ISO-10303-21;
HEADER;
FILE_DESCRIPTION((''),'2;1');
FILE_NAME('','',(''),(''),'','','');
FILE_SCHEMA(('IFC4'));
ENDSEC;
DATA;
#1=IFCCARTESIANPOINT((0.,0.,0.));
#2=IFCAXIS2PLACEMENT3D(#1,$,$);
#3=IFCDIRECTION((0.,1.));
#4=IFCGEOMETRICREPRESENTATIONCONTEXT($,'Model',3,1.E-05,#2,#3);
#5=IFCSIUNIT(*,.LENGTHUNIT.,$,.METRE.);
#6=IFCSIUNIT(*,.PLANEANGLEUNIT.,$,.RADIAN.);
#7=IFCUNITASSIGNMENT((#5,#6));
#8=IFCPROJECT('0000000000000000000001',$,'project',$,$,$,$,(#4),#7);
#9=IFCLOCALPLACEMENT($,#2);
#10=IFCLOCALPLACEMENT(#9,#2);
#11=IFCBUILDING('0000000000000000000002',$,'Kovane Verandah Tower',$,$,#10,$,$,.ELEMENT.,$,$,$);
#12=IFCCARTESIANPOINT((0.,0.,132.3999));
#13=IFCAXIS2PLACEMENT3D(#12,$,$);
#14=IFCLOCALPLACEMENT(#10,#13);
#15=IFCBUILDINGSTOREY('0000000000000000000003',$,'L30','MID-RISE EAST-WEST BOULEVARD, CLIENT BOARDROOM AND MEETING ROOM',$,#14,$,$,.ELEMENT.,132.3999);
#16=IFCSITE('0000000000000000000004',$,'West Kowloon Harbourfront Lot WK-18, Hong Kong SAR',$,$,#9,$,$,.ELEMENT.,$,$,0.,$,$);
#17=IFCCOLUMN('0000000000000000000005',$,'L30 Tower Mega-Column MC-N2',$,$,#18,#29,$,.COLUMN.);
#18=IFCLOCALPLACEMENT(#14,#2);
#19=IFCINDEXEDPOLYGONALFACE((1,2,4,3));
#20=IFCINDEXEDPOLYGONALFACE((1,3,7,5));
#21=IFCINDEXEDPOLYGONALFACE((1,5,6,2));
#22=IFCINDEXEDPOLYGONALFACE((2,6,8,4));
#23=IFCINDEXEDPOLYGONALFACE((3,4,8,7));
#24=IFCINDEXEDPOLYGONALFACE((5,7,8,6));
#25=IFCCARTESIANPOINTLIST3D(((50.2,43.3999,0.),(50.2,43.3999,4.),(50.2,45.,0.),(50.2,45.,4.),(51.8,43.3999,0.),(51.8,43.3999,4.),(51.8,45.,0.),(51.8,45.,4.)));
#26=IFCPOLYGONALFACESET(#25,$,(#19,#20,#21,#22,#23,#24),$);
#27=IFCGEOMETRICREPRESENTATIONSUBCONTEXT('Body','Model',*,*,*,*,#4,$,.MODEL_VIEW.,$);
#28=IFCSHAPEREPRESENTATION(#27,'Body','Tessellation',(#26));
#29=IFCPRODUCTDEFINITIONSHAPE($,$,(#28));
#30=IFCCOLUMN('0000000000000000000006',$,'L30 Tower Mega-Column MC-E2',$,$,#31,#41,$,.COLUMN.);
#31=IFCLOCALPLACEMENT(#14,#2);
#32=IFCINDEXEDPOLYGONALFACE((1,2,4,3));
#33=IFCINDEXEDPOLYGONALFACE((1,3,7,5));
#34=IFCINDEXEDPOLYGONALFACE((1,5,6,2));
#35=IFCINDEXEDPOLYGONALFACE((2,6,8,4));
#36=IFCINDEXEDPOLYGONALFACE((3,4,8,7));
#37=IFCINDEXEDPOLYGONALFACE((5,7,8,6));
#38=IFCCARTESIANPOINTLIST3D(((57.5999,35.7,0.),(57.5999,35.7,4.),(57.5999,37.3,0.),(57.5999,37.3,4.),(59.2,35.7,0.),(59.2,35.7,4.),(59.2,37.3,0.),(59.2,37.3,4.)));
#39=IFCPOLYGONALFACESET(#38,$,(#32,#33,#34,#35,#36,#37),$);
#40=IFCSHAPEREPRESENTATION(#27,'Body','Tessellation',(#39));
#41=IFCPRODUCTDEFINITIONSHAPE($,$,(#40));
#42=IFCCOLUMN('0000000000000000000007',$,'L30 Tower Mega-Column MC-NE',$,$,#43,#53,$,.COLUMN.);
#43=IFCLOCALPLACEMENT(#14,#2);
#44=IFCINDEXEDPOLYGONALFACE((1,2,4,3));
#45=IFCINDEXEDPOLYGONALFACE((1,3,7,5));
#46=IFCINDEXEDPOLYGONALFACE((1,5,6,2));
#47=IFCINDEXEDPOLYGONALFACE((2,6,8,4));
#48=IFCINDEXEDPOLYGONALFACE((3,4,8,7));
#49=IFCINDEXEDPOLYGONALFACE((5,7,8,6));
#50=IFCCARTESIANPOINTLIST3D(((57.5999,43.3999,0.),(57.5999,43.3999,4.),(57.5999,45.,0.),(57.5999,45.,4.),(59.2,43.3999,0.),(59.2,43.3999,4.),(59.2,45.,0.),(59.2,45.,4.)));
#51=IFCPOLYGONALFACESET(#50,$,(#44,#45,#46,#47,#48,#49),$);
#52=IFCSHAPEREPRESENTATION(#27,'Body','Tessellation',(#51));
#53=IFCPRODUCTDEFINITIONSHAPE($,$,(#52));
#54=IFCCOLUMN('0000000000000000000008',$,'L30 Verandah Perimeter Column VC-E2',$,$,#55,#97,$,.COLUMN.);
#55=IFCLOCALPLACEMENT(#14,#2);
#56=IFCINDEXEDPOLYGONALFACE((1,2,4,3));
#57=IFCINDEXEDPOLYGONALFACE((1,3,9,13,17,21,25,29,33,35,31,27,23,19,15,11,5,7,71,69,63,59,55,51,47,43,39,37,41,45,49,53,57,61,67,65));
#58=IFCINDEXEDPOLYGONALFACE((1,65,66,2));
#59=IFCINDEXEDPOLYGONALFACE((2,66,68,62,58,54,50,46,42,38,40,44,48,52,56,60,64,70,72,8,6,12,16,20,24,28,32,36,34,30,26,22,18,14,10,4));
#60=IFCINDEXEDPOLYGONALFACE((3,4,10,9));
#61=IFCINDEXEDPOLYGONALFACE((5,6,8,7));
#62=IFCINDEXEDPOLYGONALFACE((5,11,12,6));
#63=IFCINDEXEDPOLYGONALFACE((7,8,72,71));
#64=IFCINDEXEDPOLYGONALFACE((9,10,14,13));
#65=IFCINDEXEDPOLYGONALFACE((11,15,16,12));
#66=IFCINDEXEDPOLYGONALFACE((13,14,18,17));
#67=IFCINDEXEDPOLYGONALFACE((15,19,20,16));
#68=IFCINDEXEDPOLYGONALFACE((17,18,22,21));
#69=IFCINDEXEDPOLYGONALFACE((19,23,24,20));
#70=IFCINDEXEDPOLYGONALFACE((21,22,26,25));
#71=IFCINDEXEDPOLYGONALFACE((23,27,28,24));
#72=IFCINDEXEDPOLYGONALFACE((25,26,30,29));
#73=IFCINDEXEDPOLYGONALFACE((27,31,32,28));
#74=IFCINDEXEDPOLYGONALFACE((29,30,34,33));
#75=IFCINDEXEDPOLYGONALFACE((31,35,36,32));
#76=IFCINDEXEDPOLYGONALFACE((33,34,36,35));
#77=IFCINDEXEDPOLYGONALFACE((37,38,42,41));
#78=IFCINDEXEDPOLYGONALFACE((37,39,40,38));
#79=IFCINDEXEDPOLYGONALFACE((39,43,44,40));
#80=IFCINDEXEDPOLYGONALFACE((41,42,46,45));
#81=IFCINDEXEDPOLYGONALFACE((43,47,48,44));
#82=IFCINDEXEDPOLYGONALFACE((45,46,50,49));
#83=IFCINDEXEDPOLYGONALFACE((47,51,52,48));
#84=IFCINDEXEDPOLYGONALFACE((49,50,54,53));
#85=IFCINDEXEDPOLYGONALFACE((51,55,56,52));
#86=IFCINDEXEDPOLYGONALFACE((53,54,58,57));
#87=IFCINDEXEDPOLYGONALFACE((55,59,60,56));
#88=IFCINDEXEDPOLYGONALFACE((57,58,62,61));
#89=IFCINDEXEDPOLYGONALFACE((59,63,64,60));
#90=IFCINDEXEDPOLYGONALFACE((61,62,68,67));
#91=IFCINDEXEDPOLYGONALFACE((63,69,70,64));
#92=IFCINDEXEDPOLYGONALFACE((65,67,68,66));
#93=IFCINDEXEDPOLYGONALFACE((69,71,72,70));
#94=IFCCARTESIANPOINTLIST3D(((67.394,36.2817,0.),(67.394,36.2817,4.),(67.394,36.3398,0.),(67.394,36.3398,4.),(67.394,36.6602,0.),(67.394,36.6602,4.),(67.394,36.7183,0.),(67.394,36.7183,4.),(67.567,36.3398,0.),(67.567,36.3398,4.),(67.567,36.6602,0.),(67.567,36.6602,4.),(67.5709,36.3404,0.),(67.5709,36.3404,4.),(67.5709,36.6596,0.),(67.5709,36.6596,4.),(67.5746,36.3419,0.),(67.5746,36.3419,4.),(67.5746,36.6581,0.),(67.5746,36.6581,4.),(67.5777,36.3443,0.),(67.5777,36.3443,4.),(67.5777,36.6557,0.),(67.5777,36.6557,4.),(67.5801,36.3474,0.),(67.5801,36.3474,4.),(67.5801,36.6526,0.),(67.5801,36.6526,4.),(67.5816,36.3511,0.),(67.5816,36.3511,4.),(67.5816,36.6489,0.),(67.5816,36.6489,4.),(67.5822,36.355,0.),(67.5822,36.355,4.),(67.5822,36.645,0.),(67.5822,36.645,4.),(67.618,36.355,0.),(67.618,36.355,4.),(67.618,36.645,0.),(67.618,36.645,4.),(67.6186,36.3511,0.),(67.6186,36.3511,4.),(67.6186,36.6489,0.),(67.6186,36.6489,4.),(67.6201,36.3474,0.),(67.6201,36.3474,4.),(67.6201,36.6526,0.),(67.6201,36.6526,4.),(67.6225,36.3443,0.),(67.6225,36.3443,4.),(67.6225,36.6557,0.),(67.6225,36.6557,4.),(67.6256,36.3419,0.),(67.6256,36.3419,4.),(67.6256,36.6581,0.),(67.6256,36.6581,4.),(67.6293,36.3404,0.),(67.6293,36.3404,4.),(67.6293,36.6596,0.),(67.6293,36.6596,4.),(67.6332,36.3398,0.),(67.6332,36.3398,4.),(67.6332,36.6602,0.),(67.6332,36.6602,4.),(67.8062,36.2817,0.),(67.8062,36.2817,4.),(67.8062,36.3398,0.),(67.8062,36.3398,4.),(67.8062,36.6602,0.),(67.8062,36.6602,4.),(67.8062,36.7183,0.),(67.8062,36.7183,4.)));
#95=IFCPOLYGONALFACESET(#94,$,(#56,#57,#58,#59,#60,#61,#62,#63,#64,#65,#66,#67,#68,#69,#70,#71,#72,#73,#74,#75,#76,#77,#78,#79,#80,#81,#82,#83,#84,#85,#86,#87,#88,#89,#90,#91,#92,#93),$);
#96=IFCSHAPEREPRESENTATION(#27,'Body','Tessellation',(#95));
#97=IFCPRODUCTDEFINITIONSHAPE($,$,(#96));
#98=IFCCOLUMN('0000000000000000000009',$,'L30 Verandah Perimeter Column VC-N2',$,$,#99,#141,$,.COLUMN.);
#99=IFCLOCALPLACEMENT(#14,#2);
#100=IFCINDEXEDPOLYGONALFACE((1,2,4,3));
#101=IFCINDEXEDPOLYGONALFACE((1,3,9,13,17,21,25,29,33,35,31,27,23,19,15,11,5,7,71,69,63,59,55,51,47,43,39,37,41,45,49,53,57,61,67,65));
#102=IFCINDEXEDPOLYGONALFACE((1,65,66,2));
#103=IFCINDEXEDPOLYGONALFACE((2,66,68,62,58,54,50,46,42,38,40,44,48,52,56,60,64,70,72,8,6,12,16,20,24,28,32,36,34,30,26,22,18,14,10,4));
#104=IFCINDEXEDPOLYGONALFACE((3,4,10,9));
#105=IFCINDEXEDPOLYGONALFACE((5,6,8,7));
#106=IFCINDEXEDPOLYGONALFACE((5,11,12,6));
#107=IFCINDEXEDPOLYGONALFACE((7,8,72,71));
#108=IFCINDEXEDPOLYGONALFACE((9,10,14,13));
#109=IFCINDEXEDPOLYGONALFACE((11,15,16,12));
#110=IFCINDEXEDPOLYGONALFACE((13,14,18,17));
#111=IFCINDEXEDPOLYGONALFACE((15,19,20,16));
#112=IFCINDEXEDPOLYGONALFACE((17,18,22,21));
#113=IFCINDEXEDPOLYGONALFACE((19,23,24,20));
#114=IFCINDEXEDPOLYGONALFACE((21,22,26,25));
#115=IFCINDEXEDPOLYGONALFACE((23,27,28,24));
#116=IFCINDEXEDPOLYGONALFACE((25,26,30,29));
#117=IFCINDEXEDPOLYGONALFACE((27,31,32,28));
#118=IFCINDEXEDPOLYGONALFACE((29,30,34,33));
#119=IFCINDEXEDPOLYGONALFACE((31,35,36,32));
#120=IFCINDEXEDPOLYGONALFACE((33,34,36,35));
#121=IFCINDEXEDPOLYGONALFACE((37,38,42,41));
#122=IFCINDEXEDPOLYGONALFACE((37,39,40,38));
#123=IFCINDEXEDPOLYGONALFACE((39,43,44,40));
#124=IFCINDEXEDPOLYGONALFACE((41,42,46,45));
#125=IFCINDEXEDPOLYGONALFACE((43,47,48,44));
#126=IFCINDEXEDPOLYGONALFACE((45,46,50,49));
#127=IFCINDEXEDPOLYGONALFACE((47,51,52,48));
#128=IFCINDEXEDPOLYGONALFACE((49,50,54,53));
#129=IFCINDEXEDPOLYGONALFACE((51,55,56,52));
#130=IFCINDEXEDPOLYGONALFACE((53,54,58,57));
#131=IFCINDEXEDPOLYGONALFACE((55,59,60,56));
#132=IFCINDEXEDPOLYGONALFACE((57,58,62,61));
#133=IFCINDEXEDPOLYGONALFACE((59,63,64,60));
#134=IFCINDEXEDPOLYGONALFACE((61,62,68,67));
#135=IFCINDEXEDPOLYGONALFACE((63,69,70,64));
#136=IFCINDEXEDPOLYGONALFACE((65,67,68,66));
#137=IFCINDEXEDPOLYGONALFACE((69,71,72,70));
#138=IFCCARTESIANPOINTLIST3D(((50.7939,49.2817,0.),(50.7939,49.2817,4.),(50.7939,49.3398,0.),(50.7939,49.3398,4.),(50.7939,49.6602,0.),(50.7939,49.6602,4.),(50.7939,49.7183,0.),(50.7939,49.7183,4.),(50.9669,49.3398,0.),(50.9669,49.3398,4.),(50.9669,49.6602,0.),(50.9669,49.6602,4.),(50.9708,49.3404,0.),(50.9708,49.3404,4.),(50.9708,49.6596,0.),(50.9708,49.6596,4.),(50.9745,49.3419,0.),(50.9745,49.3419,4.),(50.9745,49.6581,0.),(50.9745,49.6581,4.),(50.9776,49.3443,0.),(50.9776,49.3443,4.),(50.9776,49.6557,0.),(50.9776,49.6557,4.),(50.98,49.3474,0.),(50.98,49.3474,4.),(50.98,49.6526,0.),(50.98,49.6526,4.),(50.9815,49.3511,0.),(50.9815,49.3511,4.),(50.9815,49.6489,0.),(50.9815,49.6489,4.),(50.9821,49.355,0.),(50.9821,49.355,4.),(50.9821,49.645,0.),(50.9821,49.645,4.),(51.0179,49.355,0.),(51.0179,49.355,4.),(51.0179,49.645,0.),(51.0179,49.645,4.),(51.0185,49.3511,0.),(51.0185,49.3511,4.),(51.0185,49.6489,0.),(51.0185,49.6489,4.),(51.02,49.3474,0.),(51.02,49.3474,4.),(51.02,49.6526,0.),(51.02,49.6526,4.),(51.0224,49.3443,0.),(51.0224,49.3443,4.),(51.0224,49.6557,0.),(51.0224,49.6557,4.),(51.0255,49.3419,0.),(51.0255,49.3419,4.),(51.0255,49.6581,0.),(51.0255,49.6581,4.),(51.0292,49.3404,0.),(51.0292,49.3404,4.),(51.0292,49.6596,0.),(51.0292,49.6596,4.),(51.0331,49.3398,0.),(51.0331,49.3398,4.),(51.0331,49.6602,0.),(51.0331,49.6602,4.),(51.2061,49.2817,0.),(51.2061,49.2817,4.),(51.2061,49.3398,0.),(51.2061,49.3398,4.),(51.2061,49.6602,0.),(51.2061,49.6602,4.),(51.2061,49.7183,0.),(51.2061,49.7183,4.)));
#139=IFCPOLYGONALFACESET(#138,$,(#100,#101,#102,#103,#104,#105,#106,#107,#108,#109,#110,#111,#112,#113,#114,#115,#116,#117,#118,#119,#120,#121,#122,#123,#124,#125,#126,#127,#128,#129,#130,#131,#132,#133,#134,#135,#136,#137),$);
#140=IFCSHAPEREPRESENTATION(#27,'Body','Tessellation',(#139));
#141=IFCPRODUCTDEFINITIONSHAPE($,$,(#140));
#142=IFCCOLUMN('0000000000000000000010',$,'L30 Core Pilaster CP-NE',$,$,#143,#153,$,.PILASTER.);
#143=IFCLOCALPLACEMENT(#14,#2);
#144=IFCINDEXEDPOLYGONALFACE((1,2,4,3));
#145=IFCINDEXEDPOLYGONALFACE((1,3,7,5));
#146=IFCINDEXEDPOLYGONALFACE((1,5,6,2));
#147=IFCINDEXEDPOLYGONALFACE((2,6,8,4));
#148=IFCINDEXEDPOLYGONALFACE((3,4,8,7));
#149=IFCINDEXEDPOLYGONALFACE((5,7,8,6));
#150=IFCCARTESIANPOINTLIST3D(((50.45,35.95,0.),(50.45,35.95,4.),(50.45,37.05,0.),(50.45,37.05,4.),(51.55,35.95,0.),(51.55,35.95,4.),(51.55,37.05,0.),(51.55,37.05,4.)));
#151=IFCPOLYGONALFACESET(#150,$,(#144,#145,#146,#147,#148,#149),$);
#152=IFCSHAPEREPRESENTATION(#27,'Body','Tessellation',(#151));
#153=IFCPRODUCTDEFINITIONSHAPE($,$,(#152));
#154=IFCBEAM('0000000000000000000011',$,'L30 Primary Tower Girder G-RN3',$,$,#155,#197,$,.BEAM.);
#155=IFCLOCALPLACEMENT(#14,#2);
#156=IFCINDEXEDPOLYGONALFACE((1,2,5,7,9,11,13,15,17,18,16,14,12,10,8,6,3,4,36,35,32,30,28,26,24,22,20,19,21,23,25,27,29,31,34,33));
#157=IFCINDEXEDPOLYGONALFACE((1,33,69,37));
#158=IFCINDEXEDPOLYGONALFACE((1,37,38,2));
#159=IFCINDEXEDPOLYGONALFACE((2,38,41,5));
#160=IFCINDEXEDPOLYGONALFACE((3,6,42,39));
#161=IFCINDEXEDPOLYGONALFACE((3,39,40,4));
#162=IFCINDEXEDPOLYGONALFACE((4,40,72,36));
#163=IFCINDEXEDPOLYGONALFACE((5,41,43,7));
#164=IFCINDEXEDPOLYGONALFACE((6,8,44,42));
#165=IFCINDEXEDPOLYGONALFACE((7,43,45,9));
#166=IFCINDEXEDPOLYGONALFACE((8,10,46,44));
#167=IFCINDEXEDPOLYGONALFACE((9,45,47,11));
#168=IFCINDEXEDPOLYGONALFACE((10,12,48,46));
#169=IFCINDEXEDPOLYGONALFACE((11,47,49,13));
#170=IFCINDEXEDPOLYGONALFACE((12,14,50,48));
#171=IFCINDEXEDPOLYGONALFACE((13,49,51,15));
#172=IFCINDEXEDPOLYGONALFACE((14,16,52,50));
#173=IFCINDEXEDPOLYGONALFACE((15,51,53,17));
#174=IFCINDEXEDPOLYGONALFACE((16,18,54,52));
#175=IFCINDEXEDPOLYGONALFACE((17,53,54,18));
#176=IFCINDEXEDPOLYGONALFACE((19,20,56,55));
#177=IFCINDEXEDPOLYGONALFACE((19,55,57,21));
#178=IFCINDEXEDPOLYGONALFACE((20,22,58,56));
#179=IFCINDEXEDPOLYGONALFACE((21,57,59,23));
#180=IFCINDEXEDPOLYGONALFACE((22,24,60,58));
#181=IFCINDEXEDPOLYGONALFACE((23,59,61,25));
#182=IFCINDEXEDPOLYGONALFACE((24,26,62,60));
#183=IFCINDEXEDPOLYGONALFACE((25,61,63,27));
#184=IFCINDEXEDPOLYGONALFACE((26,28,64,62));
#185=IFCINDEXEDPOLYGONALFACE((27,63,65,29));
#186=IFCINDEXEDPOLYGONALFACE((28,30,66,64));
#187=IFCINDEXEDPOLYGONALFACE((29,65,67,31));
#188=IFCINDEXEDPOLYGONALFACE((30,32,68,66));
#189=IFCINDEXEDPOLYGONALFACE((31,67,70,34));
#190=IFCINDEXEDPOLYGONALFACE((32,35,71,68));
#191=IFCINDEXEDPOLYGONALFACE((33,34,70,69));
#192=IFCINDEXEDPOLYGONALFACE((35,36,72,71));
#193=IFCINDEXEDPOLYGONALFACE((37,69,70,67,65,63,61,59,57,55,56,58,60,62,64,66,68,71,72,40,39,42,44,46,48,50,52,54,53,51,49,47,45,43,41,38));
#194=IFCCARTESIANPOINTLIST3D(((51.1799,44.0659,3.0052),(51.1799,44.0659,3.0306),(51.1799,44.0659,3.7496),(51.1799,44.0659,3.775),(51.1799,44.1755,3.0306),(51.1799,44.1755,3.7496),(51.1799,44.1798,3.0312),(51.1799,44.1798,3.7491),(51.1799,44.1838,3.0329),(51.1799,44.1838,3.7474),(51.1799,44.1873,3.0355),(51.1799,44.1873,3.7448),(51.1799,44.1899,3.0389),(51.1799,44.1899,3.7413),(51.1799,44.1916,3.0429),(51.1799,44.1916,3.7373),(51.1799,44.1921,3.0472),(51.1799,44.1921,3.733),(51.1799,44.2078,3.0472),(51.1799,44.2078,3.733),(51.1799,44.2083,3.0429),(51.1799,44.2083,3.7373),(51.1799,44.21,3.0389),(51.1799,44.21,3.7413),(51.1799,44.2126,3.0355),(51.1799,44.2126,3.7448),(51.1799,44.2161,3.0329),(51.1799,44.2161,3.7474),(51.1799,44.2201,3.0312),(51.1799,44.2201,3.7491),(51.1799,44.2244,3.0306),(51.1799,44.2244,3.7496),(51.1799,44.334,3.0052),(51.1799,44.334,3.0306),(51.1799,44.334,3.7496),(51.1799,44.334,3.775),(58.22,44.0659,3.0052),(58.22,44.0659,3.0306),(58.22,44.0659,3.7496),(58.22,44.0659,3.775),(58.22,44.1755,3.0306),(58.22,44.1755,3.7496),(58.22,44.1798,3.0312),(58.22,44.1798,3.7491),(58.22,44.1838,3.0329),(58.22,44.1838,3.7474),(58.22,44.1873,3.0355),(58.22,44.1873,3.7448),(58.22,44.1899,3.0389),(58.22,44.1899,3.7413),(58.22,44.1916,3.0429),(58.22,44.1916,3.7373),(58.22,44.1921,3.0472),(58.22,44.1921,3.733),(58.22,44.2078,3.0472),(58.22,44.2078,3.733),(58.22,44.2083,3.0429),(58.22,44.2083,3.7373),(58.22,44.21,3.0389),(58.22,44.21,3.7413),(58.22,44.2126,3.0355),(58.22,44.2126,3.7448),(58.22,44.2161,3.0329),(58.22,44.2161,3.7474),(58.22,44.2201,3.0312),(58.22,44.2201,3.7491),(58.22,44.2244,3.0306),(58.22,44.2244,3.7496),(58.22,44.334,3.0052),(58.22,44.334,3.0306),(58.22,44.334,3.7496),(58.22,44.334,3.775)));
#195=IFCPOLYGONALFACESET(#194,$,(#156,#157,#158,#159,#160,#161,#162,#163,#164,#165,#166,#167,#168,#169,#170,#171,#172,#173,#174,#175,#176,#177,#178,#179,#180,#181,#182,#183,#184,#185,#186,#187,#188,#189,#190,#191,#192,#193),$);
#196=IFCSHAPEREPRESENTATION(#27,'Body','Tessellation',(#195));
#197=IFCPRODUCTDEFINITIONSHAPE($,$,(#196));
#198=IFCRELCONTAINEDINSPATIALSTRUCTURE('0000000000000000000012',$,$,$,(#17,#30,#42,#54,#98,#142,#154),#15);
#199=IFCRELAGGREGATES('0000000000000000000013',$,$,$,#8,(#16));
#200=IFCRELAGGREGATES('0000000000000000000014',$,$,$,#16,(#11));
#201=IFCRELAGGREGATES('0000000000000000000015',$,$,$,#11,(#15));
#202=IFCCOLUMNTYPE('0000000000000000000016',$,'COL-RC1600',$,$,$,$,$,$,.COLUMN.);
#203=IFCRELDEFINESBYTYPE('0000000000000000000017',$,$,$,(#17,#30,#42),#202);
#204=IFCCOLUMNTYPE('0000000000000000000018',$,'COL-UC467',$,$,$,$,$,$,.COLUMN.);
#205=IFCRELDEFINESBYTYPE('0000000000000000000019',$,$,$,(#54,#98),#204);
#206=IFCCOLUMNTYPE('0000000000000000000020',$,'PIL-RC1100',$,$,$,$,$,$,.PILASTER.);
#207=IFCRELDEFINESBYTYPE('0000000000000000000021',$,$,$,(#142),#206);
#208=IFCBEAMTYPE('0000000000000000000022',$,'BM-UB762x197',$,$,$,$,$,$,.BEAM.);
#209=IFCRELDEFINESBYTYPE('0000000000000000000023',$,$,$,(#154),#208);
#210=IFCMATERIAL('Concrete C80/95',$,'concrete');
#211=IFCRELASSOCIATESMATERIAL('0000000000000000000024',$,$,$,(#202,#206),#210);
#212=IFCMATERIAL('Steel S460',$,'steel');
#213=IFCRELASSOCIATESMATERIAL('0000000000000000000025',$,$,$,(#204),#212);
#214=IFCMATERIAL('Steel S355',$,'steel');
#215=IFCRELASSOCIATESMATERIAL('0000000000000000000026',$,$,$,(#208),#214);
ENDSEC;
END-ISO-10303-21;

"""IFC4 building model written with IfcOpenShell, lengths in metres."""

from ifc_helpers import new_model, si_unit, direction, frame, origin, origin_2d, place, context, subcontext, project, spatial, rectangle, i_section, extrude, material, material_profile, profile_set, type_object, element, save


model = new_model("IFC4")

# Units and contexts
model_context = context("Model", 3, precision=1e-05, world=origin(), true_north=direction((0.0, 1.0)))
body_context = subcontext(model_context, "Body", "Model", "MODEL_VIEW")
ifc_project = project(units=[si_unit("LENGTHUNIT", "METRE"), si_unit("PLANEANGLEUNIT", "RADIAN")], contexts=[model_context])

# Site, building, storey
site_placement = place(None, origin())
site = spatial("IfcSite", under=ifc_project, at=site_placement, Name="West Kowloon Harbourfront Lot WK-18, Hong Kong SAR", CompositionType="ELEMENT", RefElevation=0.0)
building_placement = place(site_placement, origin())
building = spatial("IfcBuilding", under=site, at=building_placement, Name="Kovane Verandah Tower", CompositionType="ELEMENT")
storey_placement = place(building_placement, frame((0.0, 0.0, 132.3999)))
storey = spatial("IfcBuildingStorey", under=building, at=storey_placement, Name="L30", Description="MID-RISE EAST-WEST BOULEVARD, CLIENT BOARDROOM AND MEETING ROOM", CompositionType="ELEMENT", Elevation=132.3999)

# Columns
ifc_material_1 = material(Name="Concrete C80/95", Category="concrete")
ifc_material_profile_1 = material_profile(ifc_material_1, rectangle(XDim=1.6001, YDim=1.6001, at=origin_2d()), Name="RC1600x1600")
ifc_profile_set_1 = profile_set([ifc_material_profile_1], Name="Concrete C80/95")
column_type_1 = type_object("IfcColumnType", Name="COL-RC1600", PredefinedType="COLUMN", material=ifc_profile_set_1)
for number, where, z_axis, x_axis, name in (
    (1, (51.0, 44.2, 0.0), (0.0, 0.0, 1.0), (1.0, 0.0, 0.0), "L30 Tower Mega-Column MC-N2"),
    (2, (58.3999, 36.5, 0.0), (0.0, 0.0, 1.0), (1.0, 0.0, 0.0), "L30 Tower Mega-Column MC-E2"),
    (3, (58.3999, 44.2, 0.0), (0.0, 0.0, 1.0), (1.0, 0.0, 0.0), "L30 Tower Mega-Column MC-NE"),
):
    element("IfcColumn", number, at=place(storey_placement, frame(where, z_axis=z_axis, x_axis=x_axis)), inside=storey, type_object=column_type_1, Name=name, PredefinedType="COLUMN", context=body_context, shape_type="SweptSolid", body=[
        extrude(rectangle(XDim=1.6001, YDim=1.6001, at=origin_2d()), origin(), (0.0, 0.0, 1.0), 4.0),
    ])
ifc_material_2 = material(Name="Steel S460", Category="steel")
ifc_material_profile_2 = material_profile(ifc_material_2, i_section(OverallWidth=0.4121, OverallDepth=0.4365, WebThickness=0.0359, FlangeThickness=0.0581, FilletRadius=0.0151, at=origin_2d()), Name="UC356x406x467")
ifc_profile_set_2 = profile_set([ifc_material_profile_2], Name="Steel S460")
column_type_2 = type_object("IfcColumnType", Name="COL-UC467", PredefinedType="COLUMN", material=ifc_profile_set_2)
for number, where, z_axis, x_axis, name in (
    (4, (67.6001, 36.5, 0.0), (0.0, 0.0, 1.0), (1.0, 0.0, 0.0), "L30 Verandah Perimeter Column VC-E2"),
    (5, (51.0, 49.5, 0.0), (0.0, 0.0, 1.0), (1.0, 0.0, 0.0), "L30 Verandah Perimeter Column VC-N2"),
):
    element("IfcColumn", number, at=place(storey_placement, frame(where, z_axis=z_axis, x_axis=x_axis)), inside=storey, type_object=column_type_2, Name=name, PredefinedType="COLUMN", context=body_context, shape_type="SweptSolid", body=[
        extrude(i_section(OverallWidth=0.4121, OverallDepth=0.4365, WebThickness=0.0359, FlangeThickness=0.0581, FilletRadius=0.0151, at=origin_2d()), origin(), (0.0, 0.0, 1.0), 4.0),
    ])
ifc_material_profile_3 = material_profile(ifc_material_1, rectangle(XDim=1.1001, YDim=1.1001, at=origin_2d()), Name="RC1100x1100")
ifc_profile_set_3 = profile_set([ifc_material_profile_3], Name="Concrete C80/95")
column_type_3 = type_object("IfcColumnType", Name="PIL-RC1100", PredefinedType="PILASTER", material=ifc_profile_set_3)
column_placement = place(storey_placement, frame((51.0, 36.5, 0.0), z_axis=(0.0, 0.0, 1.0), x_axis=(1.0, 0.0, 0.0)))
element("IfcColumn", 6, at=column_placement, inside=storey, type_object=column_type_3, Name="L30 Core Pilaster CP-NE", PredefinedType="PILASTER", context=body_context, shape_type="SweptSolid", body=[
    extrude(rectangle(XDim=1.1001, YDim=1.1001, at=origin_2d()), origin(), (0.0, 0.0, 1.0), 4.0),
])

# Beam
ifc_material_3 = material(Name="Steel S355", Category="steel")
ifc_material_profile_4 = material_profile(ifc_material_3, i_section(OverallWidth=0.2681, OverallDepth=0.7698, WebThickness=0.0156, FlangeThickness=0.0254, FilletRadius=0.0166, at=origin_2d()), Name="UB762x267x197")
ifc_profile_set_4 = profile_set([ifc_material_profile_4], Name="Steel S355")
beam_type_1 = type_object("IfcBeamType", Name="BM-UB762x197", PredefinedType="BEAM", material=ifc_profile_set_4)
beam_1_placement = place(storey_placement, frame((51.1799, 44.2, 3.3901), z_axis=(1.0, 0.0, 0.0), x_axis=(0.0, 1.0, 0.0)))
element("IfcBeam", 7, at=beam_1_placement, inside=storey, type_object=beam_type_1, Name="L30 Primary Tower Girder G-RN3", PredefinedType="BEAM", context=body_context, shape_type="SweptSolid", body=[
    extrude(i_section(OverallWidth=0.2681, OverallDepth=0.7698, WebThickness=0.0156, FlangeThickness=0.0254, FilletRadius=0.0166, at=origin_2d()), origin(), (0.0, 0.0, 1.0), 7.04),
])

save(model, "model.ifc")
